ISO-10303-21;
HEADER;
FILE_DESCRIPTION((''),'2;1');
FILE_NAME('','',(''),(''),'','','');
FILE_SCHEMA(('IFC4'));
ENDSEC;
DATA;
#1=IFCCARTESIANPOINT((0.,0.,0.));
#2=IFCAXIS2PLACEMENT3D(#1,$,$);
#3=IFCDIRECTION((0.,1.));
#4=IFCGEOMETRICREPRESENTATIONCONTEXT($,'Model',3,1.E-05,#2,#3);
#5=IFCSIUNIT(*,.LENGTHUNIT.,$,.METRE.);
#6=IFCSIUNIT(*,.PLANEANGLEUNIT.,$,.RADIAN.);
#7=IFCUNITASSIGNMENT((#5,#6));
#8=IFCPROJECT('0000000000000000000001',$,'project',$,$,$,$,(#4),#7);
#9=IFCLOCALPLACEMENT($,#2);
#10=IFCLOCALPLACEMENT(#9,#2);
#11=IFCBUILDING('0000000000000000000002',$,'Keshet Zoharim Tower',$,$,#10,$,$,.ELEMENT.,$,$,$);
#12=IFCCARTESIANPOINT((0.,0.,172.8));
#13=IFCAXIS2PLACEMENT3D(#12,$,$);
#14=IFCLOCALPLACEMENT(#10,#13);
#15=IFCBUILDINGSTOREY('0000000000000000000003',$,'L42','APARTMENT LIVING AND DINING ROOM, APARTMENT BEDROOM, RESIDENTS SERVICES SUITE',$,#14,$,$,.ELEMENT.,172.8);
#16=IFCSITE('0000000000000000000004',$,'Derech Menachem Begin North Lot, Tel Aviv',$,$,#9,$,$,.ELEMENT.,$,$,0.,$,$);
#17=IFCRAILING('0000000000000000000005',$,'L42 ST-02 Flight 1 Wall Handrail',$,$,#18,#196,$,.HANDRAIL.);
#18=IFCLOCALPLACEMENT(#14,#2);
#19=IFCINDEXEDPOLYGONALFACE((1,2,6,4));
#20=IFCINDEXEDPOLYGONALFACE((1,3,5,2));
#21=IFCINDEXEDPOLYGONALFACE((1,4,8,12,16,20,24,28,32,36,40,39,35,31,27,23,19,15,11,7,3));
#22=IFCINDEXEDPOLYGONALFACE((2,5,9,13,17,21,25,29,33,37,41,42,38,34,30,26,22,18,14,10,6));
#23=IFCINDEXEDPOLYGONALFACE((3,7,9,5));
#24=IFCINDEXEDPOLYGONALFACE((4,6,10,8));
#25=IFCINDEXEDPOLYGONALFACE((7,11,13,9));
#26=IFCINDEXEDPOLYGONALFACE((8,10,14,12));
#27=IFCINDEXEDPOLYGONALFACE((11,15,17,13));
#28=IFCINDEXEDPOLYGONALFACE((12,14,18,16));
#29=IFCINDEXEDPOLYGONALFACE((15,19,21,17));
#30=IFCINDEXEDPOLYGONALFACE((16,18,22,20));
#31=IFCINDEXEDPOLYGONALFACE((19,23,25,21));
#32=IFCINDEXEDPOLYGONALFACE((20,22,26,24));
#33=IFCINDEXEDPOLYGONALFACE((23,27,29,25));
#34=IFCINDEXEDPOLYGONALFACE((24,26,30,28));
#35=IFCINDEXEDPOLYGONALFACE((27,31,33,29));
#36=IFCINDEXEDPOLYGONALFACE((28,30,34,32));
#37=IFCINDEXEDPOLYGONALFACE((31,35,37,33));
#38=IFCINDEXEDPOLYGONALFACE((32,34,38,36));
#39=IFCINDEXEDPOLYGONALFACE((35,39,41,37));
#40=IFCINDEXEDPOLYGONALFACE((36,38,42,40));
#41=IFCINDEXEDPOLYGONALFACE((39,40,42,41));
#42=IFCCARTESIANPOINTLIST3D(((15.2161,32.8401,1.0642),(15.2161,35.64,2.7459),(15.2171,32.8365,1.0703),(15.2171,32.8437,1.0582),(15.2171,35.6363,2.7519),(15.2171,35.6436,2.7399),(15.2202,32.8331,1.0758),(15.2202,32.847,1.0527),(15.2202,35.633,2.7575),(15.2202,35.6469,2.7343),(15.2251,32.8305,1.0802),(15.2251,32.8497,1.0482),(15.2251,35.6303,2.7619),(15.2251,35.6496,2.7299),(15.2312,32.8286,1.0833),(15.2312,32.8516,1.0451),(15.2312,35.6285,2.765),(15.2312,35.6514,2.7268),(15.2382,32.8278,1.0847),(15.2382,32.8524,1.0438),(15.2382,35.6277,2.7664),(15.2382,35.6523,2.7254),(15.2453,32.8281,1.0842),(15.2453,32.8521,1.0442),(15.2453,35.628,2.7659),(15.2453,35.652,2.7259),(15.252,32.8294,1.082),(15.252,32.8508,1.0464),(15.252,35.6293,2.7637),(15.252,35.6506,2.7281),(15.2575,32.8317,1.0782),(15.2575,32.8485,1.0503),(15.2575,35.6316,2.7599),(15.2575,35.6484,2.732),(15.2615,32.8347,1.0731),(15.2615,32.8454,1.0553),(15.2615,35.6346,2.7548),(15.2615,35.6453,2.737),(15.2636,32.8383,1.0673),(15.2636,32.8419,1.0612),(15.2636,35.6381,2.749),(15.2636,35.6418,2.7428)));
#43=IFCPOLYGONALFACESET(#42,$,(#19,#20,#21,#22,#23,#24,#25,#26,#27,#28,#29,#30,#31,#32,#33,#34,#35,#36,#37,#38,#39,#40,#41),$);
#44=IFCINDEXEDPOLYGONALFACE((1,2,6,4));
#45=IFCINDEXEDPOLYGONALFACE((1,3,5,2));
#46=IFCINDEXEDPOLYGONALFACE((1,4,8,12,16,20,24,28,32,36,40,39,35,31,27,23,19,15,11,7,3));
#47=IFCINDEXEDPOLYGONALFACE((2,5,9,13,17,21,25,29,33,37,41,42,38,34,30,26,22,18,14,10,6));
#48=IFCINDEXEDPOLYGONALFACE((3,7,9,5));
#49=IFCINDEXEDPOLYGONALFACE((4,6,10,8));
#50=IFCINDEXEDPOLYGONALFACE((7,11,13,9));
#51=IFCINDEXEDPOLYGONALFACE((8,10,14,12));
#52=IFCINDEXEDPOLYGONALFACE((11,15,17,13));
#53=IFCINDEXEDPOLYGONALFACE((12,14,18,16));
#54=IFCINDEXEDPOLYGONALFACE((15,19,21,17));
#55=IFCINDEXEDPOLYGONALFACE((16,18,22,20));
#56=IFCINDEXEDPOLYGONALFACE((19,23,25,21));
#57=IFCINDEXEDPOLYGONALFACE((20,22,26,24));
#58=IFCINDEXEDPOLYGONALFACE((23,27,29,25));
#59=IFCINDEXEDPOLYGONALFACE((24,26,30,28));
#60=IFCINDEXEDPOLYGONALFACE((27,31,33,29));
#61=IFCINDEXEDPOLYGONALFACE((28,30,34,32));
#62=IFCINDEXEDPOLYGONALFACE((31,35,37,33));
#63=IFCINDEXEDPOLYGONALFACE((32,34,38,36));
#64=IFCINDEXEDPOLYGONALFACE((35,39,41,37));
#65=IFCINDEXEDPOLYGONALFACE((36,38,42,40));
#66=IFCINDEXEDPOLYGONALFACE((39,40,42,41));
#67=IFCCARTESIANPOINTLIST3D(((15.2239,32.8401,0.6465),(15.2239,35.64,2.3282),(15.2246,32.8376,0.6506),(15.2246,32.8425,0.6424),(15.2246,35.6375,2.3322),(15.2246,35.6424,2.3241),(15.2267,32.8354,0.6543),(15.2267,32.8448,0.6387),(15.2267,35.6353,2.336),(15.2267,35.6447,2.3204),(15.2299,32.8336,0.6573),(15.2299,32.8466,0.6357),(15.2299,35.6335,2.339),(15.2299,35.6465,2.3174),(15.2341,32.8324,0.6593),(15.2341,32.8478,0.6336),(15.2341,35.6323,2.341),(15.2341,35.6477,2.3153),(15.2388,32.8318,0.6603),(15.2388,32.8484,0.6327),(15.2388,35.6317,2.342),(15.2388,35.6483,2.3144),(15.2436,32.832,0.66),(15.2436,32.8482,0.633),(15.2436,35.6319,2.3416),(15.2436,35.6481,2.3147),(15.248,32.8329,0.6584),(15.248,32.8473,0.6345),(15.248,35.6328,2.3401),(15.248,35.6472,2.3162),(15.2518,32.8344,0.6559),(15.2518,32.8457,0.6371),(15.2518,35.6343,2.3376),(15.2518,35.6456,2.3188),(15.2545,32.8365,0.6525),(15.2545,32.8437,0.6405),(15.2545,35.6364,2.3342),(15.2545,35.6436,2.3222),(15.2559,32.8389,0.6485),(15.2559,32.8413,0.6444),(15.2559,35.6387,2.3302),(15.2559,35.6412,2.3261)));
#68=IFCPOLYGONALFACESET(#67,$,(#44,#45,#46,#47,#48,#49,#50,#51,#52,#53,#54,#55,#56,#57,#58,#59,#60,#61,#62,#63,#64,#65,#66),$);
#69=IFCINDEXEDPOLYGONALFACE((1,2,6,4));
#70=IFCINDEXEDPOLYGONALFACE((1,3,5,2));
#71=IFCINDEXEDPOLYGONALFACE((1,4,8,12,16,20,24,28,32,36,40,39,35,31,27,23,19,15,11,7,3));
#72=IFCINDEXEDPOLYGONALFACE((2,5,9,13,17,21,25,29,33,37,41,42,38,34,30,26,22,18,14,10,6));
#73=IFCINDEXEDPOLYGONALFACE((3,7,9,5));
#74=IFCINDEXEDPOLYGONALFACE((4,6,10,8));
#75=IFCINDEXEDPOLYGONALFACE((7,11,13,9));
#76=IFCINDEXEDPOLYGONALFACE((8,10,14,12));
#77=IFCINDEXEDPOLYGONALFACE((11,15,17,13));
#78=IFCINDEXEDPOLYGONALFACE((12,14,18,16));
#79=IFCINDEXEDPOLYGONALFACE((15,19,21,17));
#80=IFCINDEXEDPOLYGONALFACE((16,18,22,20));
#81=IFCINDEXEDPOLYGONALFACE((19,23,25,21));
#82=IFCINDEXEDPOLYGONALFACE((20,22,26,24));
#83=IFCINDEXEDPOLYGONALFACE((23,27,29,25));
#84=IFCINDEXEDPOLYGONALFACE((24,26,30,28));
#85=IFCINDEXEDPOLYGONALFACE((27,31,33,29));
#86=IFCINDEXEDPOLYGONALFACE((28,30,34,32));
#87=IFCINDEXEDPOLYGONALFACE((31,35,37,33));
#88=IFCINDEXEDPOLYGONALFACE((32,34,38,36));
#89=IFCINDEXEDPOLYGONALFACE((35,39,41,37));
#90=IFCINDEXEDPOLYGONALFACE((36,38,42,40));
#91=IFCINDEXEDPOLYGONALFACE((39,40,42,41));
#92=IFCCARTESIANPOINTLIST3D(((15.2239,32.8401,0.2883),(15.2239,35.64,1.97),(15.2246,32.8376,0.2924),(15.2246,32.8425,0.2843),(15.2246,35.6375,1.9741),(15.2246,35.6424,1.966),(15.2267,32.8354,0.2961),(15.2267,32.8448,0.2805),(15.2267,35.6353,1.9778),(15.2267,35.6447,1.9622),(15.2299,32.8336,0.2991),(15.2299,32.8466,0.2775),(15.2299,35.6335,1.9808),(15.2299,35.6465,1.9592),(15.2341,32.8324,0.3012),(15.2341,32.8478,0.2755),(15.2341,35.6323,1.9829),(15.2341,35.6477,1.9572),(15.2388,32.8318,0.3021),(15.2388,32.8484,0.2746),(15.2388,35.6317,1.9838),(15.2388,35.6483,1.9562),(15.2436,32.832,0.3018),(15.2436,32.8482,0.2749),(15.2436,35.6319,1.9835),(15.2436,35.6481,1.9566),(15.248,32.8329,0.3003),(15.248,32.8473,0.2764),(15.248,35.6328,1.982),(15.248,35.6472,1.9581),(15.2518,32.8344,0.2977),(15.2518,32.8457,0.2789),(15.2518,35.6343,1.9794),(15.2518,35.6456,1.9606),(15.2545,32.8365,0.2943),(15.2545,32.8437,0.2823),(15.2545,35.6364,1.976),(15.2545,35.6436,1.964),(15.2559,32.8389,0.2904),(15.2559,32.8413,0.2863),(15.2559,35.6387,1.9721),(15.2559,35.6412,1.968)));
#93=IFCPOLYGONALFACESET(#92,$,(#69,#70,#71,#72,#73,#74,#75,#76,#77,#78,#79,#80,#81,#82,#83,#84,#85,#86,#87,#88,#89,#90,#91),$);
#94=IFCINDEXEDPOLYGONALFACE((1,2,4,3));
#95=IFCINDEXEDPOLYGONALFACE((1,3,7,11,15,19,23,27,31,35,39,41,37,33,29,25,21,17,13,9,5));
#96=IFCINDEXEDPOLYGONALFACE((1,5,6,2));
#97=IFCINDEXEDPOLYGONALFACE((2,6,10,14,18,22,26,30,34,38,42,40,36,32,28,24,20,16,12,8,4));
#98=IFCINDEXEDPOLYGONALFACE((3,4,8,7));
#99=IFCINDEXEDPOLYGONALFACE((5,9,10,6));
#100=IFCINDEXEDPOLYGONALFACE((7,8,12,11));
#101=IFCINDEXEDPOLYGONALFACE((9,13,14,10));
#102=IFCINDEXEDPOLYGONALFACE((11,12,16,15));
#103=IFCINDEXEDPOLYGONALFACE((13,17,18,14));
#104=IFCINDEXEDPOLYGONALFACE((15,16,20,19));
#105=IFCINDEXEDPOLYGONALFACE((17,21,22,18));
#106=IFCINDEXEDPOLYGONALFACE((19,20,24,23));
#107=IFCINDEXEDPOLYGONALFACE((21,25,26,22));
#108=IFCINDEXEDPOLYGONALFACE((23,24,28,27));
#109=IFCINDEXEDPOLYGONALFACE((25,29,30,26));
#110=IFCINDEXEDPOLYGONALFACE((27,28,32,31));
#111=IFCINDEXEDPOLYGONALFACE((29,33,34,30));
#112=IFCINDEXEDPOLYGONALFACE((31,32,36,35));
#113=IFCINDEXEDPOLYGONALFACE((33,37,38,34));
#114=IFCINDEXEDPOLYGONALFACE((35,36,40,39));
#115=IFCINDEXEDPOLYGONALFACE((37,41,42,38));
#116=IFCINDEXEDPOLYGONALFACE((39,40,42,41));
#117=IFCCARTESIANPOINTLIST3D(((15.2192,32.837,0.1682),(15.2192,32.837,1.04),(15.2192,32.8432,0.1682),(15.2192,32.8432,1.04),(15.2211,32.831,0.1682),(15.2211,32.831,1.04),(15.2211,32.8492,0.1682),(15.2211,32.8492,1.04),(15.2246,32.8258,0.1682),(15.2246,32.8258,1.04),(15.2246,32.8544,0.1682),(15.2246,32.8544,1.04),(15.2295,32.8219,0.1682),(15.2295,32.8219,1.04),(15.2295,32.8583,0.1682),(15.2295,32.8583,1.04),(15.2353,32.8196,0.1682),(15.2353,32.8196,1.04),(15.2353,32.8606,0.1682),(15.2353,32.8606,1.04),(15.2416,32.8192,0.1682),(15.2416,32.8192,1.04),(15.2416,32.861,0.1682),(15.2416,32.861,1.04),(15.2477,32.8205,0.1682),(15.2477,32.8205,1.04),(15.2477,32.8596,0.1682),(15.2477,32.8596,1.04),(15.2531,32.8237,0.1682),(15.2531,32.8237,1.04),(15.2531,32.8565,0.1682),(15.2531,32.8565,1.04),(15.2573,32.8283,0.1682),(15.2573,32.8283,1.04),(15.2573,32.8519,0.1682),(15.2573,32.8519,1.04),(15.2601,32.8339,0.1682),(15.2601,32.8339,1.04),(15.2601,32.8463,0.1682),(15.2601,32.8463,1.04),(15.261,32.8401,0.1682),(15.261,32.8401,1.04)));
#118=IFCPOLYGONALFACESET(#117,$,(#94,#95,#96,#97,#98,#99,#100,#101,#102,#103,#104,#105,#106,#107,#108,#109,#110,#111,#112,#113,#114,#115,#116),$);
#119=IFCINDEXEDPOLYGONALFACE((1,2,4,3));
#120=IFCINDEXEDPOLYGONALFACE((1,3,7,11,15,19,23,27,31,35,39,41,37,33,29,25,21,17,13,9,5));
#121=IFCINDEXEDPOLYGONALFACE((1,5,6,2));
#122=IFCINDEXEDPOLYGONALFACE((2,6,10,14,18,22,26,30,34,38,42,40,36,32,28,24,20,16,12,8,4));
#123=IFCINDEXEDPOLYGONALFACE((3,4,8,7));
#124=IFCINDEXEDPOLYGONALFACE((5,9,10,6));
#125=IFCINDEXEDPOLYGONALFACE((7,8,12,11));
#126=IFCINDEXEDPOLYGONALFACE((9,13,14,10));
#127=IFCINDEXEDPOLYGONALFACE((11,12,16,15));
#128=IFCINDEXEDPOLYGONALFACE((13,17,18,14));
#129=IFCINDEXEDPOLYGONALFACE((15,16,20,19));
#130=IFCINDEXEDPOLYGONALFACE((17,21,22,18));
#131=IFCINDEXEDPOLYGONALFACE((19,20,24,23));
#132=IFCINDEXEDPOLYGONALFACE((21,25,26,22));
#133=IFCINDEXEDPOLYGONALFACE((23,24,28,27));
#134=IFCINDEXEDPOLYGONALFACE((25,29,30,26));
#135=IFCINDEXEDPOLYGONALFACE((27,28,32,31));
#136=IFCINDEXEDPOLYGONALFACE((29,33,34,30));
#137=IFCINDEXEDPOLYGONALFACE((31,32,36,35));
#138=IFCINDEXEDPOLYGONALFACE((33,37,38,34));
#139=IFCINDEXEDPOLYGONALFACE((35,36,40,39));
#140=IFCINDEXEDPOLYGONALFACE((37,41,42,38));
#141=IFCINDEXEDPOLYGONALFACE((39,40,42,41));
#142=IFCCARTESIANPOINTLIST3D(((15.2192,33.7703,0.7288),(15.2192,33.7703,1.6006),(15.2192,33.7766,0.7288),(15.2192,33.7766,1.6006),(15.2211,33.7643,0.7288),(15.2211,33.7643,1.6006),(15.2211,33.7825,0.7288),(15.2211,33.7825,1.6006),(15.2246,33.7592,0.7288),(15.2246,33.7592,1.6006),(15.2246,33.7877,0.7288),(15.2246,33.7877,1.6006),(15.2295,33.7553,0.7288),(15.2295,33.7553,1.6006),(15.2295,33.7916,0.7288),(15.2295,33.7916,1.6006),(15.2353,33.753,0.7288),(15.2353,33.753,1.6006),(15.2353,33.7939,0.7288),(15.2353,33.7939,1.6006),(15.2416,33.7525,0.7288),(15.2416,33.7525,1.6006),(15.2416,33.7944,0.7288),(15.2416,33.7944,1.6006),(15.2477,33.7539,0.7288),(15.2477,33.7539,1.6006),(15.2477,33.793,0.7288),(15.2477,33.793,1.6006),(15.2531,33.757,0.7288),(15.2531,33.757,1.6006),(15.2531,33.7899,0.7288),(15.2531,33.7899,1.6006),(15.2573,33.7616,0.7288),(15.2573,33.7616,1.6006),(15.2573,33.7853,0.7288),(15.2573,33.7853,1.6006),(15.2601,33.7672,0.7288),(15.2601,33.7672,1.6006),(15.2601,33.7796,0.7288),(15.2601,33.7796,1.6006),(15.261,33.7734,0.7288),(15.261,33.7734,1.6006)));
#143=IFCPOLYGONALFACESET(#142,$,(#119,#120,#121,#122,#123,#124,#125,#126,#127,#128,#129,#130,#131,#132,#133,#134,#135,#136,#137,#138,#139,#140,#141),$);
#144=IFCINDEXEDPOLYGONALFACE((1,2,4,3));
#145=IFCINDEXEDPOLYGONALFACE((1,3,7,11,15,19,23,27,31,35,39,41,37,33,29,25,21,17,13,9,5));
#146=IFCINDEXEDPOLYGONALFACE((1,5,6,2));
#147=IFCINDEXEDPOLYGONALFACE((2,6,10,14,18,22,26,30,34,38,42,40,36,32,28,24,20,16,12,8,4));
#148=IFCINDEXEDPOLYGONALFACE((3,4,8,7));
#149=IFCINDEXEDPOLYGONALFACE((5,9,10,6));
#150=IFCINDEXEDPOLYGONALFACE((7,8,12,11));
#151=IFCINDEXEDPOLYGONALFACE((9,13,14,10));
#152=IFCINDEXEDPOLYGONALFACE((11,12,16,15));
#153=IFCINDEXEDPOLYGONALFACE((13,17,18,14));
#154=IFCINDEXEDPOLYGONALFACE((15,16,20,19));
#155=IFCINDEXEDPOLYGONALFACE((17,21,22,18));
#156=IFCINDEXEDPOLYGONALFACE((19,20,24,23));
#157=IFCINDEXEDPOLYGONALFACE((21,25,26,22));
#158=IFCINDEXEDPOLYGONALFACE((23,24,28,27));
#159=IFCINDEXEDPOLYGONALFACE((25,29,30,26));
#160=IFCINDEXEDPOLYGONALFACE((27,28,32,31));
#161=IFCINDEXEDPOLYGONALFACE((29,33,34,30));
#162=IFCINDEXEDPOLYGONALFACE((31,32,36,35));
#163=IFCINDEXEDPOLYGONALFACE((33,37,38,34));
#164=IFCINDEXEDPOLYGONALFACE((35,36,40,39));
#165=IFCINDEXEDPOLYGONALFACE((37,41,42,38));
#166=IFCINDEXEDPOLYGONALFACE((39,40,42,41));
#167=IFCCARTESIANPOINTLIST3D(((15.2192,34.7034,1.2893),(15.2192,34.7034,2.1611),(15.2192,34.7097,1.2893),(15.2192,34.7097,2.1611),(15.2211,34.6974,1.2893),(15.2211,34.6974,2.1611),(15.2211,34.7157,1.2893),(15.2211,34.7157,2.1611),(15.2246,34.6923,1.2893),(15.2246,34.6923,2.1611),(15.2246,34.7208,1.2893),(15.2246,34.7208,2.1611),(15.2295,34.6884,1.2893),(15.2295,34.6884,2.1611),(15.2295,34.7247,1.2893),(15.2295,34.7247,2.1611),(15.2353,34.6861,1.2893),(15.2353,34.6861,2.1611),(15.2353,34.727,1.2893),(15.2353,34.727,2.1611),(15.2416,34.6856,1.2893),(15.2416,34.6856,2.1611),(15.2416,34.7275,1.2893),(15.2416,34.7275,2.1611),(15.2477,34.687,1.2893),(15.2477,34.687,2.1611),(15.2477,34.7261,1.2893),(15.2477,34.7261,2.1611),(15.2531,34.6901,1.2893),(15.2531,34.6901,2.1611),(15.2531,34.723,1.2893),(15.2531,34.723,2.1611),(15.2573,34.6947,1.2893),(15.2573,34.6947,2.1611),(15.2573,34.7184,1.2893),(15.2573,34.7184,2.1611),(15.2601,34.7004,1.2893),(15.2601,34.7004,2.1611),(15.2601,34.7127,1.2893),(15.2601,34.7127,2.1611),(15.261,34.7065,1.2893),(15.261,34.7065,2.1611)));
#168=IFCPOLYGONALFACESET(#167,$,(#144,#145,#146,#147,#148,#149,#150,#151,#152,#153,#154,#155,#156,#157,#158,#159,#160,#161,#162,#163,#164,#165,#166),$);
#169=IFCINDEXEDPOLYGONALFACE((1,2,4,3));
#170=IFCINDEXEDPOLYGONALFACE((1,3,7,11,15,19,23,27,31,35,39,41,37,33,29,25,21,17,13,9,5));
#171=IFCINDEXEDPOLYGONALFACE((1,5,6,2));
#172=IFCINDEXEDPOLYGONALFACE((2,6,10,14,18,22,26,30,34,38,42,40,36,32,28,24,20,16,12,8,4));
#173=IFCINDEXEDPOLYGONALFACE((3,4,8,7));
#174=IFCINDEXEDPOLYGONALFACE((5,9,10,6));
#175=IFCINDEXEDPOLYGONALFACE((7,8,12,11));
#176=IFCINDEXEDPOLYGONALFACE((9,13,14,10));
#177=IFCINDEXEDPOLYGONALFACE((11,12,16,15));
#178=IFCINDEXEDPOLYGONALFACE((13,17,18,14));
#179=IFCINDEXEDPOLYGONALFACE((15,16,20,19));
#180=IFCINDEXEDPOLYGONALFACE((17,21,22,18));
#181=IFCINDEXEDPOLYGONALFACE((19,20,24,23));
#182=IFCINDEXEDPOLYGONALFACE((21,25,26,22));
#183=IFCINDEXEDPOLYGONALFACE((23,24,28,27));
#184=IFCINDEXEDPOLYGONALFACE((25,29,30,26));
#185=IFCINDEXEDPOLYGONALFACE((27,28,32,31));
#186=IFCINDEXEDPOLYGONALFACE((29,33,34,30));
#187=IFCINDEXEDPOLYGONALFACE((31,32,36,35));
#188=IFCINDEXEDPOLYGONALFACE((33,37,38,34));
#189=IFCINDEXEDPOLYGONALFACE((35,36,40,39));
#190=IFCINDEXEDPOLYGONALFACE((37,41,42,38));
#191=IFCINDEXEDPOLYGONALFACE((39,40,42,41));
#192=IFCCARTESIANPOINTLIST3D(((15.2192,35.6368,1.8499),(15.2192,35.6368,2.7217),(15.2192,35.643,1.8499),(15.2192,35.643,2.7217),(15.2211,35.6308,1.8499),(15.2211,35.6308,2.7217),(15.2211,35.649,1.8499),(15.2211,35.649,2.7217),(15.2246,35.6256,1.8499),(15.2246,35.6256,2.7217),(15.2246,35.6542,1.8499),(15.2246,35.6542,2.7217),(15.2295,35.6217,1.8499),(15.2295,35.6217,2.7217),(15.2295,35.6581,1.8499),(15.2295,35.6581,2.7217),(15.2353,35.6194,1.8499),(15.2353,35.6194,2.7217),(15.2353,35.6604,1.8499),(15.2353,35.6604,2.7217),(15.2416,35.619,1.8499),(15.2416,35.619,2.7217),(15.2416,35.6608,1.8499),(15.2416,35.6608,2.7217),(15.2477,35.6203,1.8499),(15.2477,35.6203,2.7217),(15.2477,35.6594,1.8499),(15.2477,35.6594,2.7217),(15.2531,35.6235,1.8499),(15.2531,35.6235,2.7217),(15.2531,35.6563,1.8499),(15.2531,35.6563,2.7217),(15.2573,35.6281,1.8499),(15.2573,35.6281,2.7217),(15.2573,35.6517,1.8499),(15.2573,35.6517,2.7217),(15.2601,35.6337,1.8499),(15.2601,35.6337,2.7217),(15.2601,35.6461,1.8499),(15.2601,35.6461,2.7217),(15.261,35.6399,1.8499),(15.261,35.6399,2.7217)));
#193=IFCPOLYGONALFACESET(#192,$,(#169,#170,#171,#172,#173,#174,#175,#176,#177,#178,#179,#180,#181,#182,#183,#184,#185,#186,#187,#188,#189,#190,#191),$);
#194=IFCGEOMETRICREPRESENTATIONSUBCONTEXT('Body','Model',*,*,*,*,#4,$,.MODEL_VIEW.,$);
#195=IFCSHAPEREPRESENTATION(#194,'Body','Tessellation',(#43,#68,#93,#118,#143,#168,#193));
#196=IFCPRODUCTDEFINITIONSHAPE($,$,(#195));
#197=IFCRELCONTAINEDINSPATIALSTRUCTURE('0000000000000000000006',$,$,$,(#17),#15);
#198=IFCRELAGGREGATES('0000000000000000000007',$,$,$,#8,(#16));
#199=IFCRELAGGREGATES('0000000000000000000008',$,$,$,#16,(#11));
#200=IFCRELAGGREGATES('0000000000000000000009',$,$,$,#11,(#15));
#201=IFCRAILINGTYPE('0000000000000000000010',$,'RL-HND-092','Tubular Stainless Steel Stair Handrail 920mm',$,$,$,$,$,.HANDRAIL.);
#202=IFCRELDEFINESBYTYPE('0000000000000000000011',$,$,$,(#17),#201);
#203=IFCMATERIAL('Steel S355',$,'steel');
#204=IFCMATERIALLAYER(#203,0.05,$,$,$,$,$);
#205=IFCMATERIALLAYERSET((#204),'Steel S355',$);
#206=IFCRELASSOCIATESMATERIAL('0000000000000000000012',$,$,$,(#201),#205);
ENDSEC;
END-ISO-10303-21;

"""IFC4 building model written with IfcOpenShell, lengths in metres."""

from ifc_helpers import new_model, si_unit, direction, frame, origin, origin_2d, place, context, subcontext, project, spatial, circle, extrude, material, layer, layer_set, type_object, element, save


model = new_model("IFC4")

# Units and contexts
model_context = context("Model", 3, precision=1e-05, world=origin(), true_north=direction((0.0, 1.0)))
body_context = subcontext(model_context, "Body", "Model", "MODEL_VIEW")
ifc_project = project(units=[si_unit("LENGTHUNIT", "METRE"), si_unit("PLANEANGLEUNIT", "RADIAN")], contexts=[model_context])

# Site, building, storey
site_placement = place(None, origin())
site = spatial("IfcSite", under=ifc_project, at=site_placement, Name="Derech Menachem Begin North Lot, Tel Aviv", CompositionType="ELEMENT", RefElevation=0.0)
building_placement = place(site_placement, origin())
building = spatial("IfcBuilding", under=site, at=building_placement, Name="Keshet Zoharim Tower", CompositionType="ELEMENT")
storey_placement = place(building_placement, frame((0.0, 0.0, 172.8)))
storey = spatial("IfcBuildingStorey", under=building, at=storey_placement, Name="L42", Description="APARTMENT LIVING AND DINING ROOM, APARTMENT BEDROOM, RESIDENTS SERVICES SUITE", CompositionType="ELEMENT", Elevation=172.8)

# Shared definitions
ifc_material_1 = material(Name="Steel S355", Category="steel")

# Railing
ifc_layer_1 = layer(ifc_material_1, 0.05)
ifc_layer_set_1 = layer_set([ifc_layer_1], Name="Steel S355")
railing_type_1 = type_object("IfcRailingType", Name="RL-HND-092", Description="Tubular Stainless Steel Stair Handrail 920mm", PredefinedType="HANDRAIL", material=ifc_layer_set_1)
railing_1_placement = place(storey_placement, frame((15.24, 32.8401, 0.1682)))
element("IfcRailing", 1, at=railing_1_placement, inside=storey, type_object=railing_type_1, Name="L42 ST-02 Flight 1 Wall Handrail", PredefinedType="HANDRAIL", context=body_context, shape_type="SweptSolid", body=[
    extrude(circle(Radius=0.0239, at=origin_2d()), frame((0.0, 0.0, 0.896), z_axis=(0.0, 0.857255, 0.514891), x_axis=(-1.0, 0.0, 0.0)), (0.0, 0.0, 1.0), 3.2661),
    extrude(circle(Radius=0.0161, at=origin_2d()), frame((0.0, 0.0, 0.4783), z_axis=(0.0, 0.857255, 0.514891), x_axis=(-1.0, 0.0, 0.0)), (0.0, 0.0, 1.0), 3.2661),
    extrude(circle(Radius=0.0161, at=origin_2d()), frame((0.0, 0.0, 0.1201), z_axis=(0.0, 0.857255, 0.514891), x_axis=(-1.0, 0.0, 0.0)), (0.0, 0.0, 1.0), 3.2661),
    extrude(circle(Radius=0.021, at=origin_2d()), origin(), (0.0, 0.0, 1.0), 0.8718),
    extrude(circle(Radius=0.021, at=origin_2d()), frame((0.0, 0.9333, 0.5605)), (0.0, 0.0, 1.0), 0.8718),
    extrude(circle(Radius=0.021, at=origin_2d()), frame((0.0, 1.8665, 1.1211)), (0.0, 0.0, 1.0), 0.8718),
    extrude(circle(Radius=0.021, at=origin_2d()), frame((0.0, 2.7998, 1.6816)), (0.0, 0.0, 1.0), 0.8718),
])

save(model, "model.ifc")
